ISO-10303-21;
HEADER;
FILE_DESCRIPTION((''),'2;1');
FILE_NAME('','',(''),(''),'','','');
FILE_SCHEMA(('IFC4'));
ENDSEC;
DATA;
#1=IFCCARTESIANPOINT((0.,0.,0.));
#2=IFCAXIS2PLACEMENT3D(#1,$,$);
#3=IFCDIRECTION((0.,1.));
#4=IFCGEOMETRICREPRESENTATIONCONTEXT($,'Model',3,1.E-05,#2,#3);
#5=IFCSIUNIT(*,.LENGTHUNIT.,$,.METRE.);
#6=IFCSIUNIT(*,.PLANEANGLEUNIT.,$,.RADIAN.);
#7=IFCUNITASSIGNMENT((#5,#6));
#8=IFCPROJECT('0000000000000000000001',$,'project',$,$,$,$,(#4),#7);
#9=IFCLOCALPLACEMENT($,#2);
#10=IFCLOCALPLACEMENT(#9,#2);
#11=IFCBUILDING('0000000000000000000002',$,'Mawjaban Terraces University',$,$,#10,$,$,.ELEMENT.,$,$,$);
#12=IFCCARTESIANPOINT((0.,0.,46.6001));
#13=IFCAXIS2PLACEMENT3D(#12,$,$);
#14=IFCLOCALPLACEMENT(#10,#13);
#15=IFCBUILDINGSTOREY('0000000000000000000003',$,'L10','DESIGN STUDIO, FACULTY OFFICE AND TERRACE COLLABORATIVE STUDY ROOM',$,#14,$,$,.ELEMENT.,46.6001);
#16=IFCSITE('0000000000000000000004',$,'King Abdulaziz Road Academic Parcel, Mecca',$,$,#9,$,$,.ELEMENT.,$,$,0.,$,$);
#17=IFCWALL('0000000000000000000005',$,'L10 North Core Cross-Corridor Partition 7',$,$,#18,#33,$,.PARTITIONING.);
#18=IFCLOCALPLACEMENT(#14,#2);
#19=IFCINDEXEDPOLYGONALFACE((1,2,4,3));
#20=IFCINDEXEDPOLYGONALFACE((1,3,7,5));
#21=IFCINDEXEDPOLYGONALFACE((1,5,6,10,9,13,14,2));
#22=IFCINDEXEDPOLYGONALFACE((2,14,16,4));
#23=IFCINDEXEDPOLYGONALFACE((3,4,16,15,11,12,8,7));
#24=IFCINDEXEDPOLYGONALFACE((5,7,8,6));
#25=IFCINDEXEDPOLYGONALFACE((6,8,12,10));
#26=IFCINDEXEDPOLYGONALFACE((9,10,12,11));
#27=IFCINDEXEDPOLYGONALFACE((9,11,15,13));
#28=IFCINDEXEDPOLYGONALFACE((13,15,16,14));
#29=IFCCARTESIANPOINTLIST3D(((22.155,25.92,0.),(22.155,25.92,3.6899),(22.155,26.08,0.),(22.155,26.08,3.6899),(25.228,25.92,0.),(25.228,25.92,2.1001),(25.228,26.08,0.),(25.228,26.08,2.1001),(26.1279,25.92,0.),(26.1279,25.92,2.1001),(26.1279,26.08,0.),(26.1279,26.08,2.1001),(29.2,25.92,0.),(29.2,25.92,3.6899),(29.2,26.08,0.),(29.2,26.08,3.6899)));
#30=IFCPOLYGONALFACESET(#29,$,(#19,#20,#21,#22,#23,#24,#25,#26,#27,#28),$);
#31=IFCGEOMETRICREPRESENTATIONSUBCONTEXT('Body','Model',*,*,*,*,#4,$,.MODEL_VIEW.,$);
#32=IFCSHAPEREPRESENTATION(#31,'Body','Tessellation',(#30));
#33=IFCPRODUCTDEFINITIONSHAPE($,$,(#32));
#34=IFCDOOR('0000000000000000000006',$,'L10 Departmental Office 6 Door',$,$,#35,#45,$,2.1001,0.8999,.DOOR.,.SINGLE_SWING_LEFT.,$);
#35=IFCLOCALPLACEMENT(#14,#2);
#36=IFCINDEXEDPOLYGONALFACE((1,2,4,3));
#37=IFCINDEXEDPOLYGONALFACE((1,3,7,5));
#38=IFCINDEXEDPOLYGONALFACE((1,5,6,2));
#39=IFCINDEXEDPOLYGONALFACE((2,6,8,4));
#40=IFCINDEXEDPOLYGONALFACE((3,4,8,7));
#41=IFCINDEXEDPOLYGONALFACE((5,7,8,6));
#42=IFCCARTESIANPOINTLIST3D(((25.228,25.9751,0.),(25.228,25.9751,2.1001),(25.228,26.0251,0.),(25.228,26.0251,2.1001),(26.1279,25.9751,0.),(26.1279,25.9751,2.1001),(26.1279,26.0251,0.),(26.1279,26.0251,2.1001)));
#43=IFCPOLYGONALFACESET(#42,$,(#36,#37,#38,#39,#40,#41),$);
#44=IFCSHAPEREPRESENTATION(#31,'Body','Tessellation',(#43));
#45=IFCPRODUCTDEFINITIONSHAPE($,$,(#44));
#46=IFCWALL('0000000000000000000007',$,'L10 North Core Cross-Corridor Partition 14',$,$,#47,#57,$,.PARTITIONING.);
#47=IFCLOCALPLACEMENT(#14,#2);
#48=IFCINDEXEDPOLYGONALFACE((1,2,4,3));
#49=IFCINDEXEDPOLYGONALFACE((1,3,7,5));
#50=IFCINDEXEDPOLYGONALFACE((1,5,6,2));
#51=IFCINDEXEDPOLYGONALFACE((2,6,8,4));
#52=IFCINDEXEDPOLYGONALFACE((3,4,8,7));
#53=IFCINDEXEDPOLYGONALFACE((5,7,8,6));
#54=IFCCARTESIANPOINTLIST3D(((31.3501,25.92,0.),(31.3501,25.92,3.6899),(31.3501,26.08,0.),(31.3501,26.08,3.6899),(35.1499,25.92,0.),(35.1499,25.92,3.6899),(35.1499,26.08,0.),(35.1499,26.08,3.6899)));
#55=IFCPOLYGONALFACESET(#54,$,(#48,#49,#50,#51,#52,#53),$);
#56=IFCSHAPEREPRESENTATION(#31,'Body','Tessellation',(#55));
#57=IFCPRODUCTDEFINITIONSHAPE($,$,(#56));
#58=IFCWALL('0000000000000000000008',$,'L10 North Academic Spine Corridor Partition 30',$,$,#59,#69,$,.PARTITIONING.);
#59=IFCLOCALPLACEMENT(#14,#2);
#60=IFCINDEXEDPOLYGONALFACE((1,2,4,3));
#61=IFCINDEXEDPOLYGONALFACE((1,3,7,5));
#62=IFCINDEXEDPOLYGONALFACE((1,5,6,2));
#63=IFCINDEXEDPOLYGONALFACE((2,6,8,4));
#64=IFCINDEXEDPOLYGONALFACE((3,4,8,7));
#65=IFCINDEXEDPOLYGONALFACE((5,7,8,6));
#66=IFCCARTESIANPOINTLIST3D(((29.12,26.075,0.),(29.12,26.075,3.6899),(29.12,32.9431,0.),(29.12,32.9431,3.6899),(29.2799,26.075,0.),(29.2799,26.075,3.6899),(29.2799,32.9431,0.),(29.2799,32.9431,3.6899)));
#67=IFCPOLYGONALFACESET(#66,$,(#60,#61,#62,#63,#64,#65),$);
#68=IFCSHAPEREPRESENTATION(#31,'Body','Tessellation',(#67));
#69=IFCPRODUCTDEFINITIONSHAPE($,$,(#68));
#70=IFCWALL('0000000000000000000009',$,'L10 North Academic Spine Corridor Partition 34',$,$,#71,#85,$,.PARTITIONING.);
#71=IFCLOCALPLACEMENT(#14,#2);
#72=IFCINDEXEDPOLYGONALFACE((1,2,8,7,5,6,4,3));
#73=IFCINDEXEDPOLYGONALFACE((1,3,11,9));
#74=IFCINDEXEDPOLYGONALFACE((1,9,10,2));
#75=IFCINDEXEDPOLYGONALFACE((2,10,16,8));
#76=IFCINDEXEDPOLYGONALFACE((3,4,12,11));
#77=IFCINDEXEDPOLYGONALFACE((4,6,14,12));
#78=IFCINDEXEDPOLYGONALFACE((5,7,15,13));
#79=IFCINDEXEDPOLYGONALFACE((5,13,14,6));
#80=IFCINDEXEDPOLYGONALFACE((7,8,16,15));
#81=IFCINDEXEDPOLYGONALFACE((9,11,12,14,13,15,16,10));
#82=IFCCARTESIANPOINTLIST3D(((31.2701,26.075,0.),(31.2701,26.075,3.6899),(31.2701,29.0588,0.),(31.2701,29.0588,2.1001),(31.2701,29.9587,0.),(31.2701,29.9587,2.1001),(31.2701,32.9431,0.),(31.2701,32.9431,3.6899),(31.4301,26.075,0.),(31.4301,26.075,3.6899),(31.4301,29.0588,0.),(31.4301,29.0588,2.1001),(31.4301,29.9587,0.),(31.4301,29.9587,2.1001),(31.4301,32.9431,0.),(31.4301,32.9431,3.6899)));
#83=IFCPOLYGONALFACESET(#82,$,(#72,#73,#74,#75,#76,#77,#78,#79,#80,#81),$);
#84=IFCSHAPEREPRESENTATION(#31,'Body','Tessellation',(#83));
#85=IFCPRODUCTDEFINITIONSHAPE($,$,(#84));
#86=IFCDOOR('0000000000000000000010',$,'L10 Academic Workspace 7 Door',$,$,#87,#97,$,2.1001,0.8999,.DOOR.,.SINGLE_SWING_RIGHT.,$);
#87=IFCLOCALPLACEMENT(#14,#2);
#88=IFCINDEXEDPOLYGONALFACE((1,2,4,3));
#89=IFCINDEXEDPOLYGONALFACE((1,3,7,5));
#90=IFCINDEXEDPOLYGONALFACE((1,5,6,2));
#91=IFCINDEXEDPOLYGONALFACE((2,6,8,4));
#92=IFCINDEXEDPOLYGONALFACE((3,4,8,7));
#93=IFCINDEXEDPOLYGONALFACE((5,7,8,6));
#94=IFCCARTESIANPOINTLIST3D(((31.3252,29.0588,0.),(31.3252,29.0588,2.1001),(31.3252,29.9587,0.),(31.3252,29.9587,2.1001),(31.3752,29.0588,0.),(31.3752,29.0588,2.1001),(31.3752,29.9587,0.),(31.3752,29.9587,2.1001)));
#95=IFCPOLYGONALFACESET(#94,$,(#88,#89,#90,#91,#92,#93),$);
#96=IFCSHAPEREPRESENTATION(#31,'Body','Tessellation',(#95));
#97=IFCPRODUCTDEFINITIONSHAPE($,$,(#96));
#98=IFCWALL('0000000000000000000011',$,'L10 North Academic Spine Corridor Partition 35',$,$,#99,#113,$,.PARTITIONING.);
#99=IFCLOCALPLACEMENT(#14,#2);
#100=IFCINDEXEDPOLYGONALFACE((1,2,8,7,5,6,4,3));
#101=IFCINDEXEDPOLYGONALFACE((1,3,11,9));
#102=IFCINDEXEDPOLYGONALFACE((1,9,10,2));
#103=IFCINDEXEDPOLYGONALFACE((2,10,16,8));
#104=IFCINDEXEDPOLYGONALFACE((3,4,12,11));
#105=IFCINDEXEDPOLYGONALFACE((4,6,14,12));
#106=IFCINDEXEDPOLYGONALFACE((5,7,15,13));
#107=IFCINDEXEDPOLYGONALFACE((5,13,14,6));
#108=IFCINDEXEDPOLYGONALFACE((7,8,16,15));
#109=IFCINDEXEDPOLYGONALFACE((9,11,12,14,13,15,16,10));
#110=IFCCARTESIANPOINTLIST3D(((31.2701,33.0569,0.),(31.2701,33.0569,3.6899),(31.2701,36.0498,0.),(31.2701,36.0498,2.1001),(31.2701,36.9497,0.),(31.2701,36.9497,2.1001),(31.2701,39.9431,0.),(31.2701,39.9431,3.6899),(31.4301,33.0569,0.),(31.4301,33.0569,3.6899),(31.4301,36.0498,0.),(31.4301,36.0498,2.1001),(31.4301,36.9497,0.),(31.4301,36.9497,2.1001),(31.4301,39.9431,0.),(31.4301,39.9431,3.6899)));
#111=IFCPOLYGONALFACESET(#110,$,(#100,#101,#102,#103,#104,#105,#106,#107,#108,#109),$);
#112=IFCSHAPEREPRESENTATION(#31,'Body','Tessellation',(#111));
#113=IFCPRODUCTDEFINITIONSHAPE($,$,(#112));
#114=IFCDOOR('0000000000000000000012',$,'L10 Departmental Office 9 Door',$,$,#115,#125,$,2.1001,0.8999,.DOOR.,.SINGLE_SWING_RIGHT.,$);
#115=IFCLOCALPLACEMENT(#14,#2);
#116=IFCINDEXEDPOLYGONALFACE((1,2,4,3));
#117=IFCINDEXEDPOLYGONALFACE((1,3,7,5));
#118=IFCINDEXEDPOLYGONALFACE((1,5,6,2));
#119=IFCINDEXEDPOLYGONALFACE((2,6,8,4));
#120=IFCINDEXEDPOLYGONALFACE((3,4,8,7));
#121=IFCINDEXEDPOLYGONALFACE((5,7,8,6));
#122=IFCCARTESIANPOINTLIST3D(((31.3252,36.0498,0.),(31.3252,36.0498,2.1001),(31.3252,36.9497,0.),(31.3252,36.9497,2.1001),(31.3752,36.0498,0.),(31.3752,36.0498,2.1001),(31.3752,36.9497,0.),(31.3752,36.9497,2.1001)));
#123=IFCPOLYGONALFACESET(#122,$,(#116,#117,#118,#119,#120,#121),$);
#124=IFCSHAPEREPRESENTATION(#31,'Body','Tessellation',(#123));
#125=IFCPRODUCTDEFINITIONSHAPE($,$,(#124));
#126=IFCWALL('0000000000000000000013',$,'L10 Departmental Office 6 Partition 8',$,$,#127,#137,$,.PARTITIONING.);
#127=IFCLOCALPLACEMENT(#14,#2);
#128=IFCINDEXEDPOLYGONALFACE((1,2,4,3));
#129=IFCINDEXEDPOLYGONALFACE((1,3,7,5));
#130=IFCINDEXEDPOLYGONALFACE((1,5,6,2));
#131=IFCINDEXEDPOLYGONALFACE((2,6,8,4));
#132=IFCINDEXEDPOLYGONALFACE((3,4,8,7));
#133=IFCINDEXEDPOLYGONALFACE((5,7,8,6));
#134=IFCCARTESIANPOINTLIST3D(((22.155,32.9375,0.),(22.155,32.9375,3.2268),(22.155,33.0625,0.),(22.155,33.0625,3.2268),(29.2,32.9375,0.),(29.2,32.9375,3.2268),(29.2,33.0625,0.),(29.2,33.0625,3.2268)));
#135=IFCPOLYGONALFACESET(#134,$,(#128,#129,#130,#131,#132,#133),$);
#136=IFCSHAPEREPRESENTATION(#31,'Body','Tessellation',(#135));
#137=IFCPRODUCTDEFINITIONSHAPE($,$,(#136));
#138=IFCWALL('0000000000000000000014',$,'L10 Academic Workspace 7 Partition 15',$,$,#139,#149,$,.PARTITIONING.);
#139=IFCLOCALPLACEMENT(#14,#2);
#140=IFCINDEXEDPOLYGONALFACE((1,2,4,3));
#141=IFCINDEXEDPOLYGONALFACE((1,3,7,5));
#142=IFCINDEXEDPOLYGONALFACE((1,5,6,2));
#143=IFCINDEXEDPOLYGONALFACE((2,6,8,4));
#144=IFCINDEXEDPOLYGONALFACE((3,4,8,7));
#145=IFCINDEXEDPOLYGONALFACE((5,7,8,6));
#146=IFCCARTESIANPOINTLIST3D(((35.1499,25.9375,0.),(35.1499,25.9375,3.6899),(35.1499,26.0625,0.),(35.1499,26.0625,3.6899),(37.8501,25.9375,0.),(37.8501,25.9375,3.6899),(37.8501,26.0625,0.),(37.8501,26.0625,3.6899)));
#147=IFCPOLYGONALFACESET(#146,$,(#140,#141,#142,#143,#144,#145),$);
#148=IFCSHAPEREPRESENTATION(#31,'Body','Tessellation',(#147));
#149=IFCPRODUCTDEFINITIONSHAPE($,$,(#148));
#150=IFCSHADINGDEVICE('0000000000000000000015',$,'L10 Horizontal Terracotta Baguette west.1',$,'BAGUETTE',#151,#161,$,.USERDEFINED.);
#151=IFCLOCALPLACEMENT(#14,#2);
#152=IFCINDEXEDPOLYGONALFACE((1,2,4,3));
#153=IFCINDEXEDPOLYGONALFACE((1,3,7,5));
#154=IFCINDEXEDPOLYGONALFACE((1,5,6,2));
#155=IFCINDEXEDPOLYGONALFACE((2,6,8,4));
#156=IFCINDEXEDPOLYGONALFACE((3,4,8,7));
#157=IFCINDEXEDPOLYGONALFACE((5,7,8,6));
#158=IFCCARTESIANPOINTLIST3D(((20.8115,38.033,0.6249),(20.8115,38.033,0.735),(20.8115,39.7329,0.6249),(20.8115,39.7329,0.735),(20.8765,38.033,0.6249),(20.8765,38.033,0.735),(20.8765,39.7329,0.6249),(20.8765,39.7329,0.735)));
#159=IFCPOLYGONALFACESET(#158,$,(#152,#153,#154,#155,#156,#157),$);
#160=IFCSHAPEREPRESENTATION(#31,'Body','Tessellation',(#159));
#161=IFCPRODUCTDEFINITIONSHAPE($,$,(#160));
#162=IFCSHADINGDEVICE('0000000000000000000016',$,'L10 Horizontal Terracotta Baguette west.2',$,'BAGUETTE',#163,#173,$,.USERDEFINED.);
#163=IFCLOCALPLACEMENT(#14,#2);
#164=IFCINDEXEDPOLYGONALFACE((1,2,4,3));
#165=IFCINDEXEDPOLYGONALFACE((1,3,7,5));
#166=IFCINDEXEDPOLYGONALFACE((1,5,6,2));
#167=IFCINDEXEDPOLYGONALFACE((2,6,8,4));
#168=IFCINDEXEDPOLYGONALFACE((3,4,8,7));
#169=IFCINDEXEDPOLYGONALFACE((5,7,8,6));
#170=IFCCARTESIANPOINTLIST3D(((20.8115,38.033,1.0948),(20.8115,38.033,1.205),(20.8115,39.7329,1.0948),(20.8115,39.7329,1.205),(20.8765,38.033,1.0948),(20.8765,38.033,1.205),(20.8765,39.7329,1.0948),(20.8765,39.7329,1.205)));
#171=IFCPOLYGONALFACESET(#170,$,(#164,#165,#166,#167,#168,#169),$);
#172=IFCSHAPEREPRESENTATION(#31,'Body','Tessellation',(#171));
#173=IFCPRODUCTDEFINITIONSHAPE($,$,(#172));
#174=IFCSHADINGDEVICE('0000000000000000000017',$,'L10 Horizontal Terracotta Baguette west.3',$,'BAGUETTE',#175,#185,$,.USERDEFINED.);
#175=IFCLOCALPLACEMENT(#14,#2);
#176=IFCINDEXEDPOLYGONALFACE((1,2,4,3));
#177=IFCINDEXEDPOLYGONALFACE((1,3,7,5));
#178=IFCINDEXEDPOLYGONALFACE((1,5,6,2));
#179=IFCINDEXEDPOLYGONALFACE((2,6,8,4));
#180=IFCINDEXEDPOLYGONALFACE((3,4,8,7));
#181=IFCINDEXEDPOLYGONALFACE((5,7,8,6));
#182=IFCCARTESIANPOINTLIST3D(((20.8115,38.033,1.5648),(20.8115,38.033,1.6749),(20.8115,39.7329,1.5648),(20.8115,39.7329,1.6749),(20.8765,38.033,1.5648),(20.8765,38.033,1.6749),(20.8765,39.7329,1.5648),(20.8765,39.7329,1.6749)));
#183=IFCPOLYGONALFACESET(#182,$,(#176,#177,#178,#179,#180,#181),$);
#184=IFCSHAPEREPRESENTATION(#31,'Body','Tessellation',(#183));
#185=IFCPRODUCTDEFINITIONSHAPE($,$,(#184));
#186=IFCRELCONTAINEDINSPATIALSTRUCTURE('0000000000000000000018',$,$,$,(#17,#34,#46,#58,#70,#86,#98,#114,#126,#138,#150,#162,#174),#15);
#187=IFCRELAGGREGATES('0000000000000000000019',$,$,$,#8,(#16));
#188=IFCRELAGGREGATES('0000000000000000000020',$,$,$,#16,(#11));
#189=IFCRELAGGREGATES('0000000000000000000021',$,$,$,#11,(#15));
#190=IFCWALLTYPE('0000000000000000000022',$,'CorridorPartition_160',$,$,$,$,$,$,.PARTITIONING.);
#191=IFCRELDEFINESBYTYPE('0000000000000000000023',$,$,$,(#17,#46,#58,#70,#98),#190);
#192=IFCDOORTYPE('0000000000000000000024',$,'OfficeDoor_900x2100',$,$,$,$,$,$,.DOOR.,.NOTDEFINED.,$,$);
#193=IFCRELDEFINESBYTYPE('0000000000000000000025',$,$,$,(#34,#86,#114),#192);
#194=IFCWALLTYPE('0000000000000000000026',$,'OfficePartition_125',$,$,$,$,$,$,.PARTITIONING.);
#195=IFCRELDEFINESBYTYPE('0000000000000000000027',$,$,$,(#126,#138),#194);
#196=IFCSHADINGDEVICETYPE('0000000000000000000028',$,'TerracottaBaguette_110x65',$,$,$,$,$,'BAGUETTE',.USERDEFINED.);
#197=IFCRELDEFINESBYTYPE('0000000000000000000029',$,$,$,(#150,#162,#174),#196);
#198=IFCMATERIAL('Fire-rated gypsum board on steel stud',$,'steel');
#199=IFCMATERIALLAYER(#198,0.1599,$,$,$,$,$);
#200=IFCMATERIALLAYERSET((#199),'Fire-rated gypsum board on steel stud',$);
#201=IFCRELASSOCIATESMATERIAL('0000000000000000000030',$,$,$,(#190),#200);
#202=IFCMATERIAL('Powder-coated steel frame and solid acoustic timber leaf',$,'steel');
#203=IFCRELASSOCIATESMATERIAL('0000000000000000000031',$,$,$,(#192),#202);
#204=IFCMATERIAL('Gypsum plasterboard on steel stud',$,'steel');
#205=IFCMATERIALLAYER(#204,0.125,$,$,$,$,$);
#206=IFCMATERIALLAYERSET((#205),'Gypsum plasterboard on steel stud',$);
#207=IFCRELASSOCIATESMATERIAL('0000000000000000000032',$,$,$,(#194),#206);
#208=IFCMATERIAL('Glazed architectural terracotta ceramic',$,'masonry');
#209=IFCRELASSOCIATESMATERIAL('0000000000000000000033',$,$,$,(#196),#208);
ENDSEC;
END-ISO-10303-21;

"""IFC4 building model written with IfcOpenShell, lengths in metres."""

from ifc_helpers import new_model, si_unit, direction, frame, frame_2d, origin, origin_2d, place, context, subcontext, project, spatial, rectangle, extrude, material, layer, layer_set, material_profile, profile_set, type_object, element, fill, save


model = new_model("IFC4")

# Units and contexts
model_context = context("Model", 3, precision=1e-05, world=origin(), true_north=direction((0.0, 1.0)))
body_context = subcontext(model_context, "Body", "Model", "MODEL_VIEW")
ifc_project = project(units=[si_unit("LENGTHUNIT", "METRE"), si_unit("PLANEANGLEUNIT", "RADIAN")], contexts=[model_context])

# Site, building, storey
site_placement = place(None, origin())
site = spatial("IfcSite", under=ifc_project, at=site_placement, Name="King Abdulaziz Road Academic Parcel, Mecca", CompositionType="ELEMENT", RefElevation=0.0)
building_placement = place(site_placement, origin())
building = spatial("IfcBuilding", under=site, at=building_placement, Name="Mawjaban Terraces University", CompositionType="ELEMENT")
storey_placement = place(building_placement, frame((0.0, 0.0, 46.6001)))
storey = spatial("IfcBuildingStorey", under=building, at=storey_placement, Name="L10", Description="DESIGN STUDIO, FACULTY OFFICE AND TERRACE COLLABORATIVE STUDY ROOM", CompositionType="ELEMENT", Elevation=46.6001)

# Wall, opening, door
ifc_material_1 = material(Name="Fire-rated gypsum board on steel stud", Category="steel")
ifc_layer_1 = layer(ifc_material_1, 0.1599)
ifc_layer_set_1 = layer_set([ifc_layer_1], Name="Fire-rated gypsum board on steel stud")
wall_type_1 = type_object("IfcWallType", Name="CorridorPartition_160", PredefinedType="PARTITIONING", material=ifc_layer_set_1)
wall_1_placement = place(storey_placement, frame((29.2, 26.0, 0.0), z_axis=(0.0, 0.0, 1.0), x_axis=(-1.0, 0.0, 0.0)))
wall_1 = element("IfcWall", 1, at=wall_1_placement, inside=storey, type_object=wall_type_1, Name="L10 North Core Cross-Corridor Partition 7", PredefinedType="PARTITIONING", context=body_context, shape_type="SweptSolid", body=[
    extrude(rectangle(XDim=7.0449, YDim=0.1599, at=frame_2d((3.5225, 0.0))), origin(), (0.0, 0.0, 1.0), 3.6899),
])
opening_1_placement = place(wall_1_placement, frame((3.072, 0.0, 0.0)))
opening_1 = element("IfcOpeningElement", 2, at=opening_1_placement, cuts=wall_1, PredefinedType="OPENING", context=body_context, shape_type="SweptSolid", body=[
    extrude(rectangle(XDim=0.8999, YDim=2.1001, at=frame_2d((0.45, 1.05))), frame((0.0, 0.0898, 0.0), z_axis=(0.0, -1.0, 0.0), x_axis=(1.0, 0.0, 0.0)), (0.0, 0.0, 1.0), 0.1799),
])
ifc_material_2 = material(Name="Powder-coated steel frame and solid acoustic timber leaf", Category="steel")
door_type = type_object("IfcDoorType", Name="OfficeDoor_900x2100", OperationType="NOTDEFINED", PredefinedType="DOOR", material=ifc_material_2)
door_1_placement = place(opening_1_placement, origin())
door_1 = element("IfcDoor", 3, at=door_1_placement, inside=storey, type_object=door_type, Name="L10 Departmental Office 6 Door", OperationType="SINGLE_SWING_LEFT", OverallHeight=2.1001, OverallWidth=0.8999, PredefinedType="DOOR", context=body_context, shape_type="SweptSolid", body=[
    extrude(rectangle(XDim=0.8999, YDim=2.1001, at=frame_2d((0.45, 1.05))), frame((0.0, 0.0249, 0.0), z_axis=(0.0, -1.0, 0.0), x_axis=(1.0, 0.0, 0.0)), (0.0, 0.0, 1.0), 0.05),
])
fill(opening_1, door_1)

# Walls
wall_2_placement = place(storey_placement, frame((35.1499, 26.0, 0.0), z_axis=(0.0, 0.0, 1.0), x_axis=(-1.0, 0.0, 0.0)))
element("IfcWall", 4, at=wall_2_placement, inside=storey, type_object=wall_type_1, Name="L10 North Core Cross-Corridor Partition 14", PredefinedType="PARTITIONING", context=body_context, shape_type="SweptSolid", body=[
    extrude(rectangle(XDim=3.7998, YDim=0.1599, at=frame_2d((1.8999, 0.0))), origin(), (0.0, 0.0, 1.0), 3.6899),
])
wall_3_placement = place(storey_placement, frame((29.2, 32.9431, 0.0), z_axis=(0.0, 0.0, 1.0), x_axis=(0.0, -1.0, 0.0)))
element("IfcWall", 5, at=wall_3_placement, inside=storey, type_object=wall_type_1, Name="L10 North Academic Spine Corridor Partition 30", PredefinedType="PARTITIONING", context=body_context, shape_type="SweptSolid", body=[
    extrude(rectangle(XDim=6.8682, YDim=0.1599, at=frame_2d((3.4341, 0.0))), origin(), (0.0, 0.0, 1.0), 3.6899),
])

# Walls, openings, doors
wall_4_placement = place(storey_placement, frame((31.3501, 26.075, 0.0), z_axis=(0.0, 0.0, 1.0), x_axis=(0.0, 1.0, 0.0)))
wall_4 = element("IfcWall", 6, at=wall_4_placement, inside=storey, type_object=wall_type_1, Name="L10 North Academic Spine Corridor Partition 34", PredefinedType="PARTITIONING", context=body_context, shape_type="SweptSolid", body=[
    extrude(rectangle(XDim=6.8682, YDim=0.1599, at=frame_2d((3.4341, 0.0))), origin(), (0.0, 0.0, 1.0), 3.6899),
])
opening_2_placement = place(wall_4_placement, frame((2.9839, 0.0, 0.0)))
opening_2 = element("IfcOpeningElement", 7, at=opening_2_placement, cuts=wall_4, PredefinedType="OPENING", context=body_context, shape_type="SweptSolid", body=[
    extrude(rectangle(XDim=0.8999, YDim=2.1001, at=frame_2d((0.45, 1.05))), frame((0.0, 0.0898, 0.0), z_axis=(0.0, -1.0, 0.0), x_axis=(1.0, 0.0, 0.0)), (0.0, 0.0, 1.0), 0.1799),
])
door_2_placement = place(opening_2_placement, origin())
door_2 = element("IfcDoor", 8, at=door_2_placement, inside=storey, type_object=door_type, Name="L10 Academic Workspace 7 Door", OperationType="SINGLE_SWING_RIGHT", OverallHeight=2.1001, OverallWidth=0.8999, PredefinedType="DOOR", context=body_context, shape_type="SweptSolid", body=[
    extrude(rectangle(XDim=0.8999, YDim=2.1001, at=frame_2d((0.45, 1.05))), frame((0.0, 0.0249, 0.0), z_axis=(0.0, -1.0, 0.0), x_axis=(1.0, 0.0, 0.0)), (0.0, 0.0, 1.0), 0.05),
])
fill(opening_2, door_2)
wall_5_placement = place(storey_placement, frame((31.3501, 33.0569, 0.0), z_axis=(0.0, 0.0, 1.0), x_axis=(0.0, 1.0, 0.0)))
wall_5 = element("IfcWall", 9, at=wall_5_placement, inside=storey, type_object=wall_type_1, Name="L10 North Academic Spine Corridor Partition 35", PredefinedType="PARTITIONING", context=body_context, shape_type="SweptSolid", body=[
    extrude(rectangle(XDim=6.8862, YDim=0.1599, at=frame_2d((3.4431, 0.0))), origin(), (0.0, 0.0, 1.0), 3.6899),
])
opening_3_placement = place(wall_5_placement, frame((2.9929, 0.0, 0.0)))
opening_3 = element("IfcOpeningElement", 10, at=opening_3_placement, cuts=wall_5, PredefinedType="OPENING", context=body_context, shape_type="SweptSolid", body=[
    extrude(rectangle(XDim=0.8999, YDim=2.1001, at=frame_2d((0.45, 1.05))), frame((0.0, 0.0898, 0.0), z_axis=(0.0, -1.0, 0.0), x_axis=(1.0, 0.0, 0.0)), (0.0, 0.0, 1.0), 0.1799),
])
door_3_placement = place(opening_3_placement, origin())
door_3 = element("IfcDoor", 11, at=door_3_placement, inside=storey, type_object=door_type, Name="L10 Departmental Office 9 Door", OperationType="SINGLE_SWING_RIGHT", OverallHeight=2.1001, OverallWidth=0.8999, PredefinedType="DOOR", context=body_context, shape_type="SweptSolid", body=[
    extrude(rectangle(XDim=0.8999, YDim=2.1001, at=frame_2d((0.45, 1.05))), frame((0.0, 0.0249, 0.0), z_axis=(0.0, -1.0, 0.0), x_axis=(1.0, 0.0, 0.0)), (0.0, 0.0, 1.0), 0.05),
])
fill(opening_3, door_3)

# Walls
ifc_material_3 = material(Name="Gypsum plasterboard on steel stud", Category="steel")
ifc_layer_2 = layer(ifc_material_3, 0.125)
ifc_layer_set_2 = layer_set([ifc_layer_2], Name="Gypsum plasterboard on steel stud")
wall_type_2 = type_object("IfcWallType", Name="OfficePartition_125", PredefinedType="PARTITIONING", material=ifc_layer_set_2)
wall_6_placement = place(storey_placement, frame((29.2, 33.0, 0.0), z_axis=(0.0, 0.0, 1.0), x_axis=(-1.0, 0.0, 0.0)))
element("IfcWall", 12, at=wall_6_placement, inside=storey, type_object=wall_type_2, Name="L10 Departmental Office 6 Partition 8", PredefinedType="PARTITIONING", context=body_context, shape_type="SweptSolid", body=[
    extrude(rectangle(XDim=7.0449, YDim=0.125, at=frame_2d((3.5225, 0.0))), origin(), (0.0, 0.0, 1.0), 3.2268),
])
wall_7_placement = place(storey_placement, frame((35.1499, 26.0, 0.0), z_axis=(0.0, 0.0, 1.0), x_axis=(1.0, 0.0, 0.0)))
element("IfcWall", 13, at=wall_7_placement, inside=storey, type_object=wall_type_2, Name="L10 Academic Workspace 7 Partition 15", PredefinedType="PARTITIONING", context=body_context, shape_type="SweptSolid", body=[
    extrude(rectangle(XDim=2.7002, YDim=0.125, at=frame_2d((1.3501, 0.0))), origin(), (0.0, 0.0, 1.0), 3.6899),
])

# Shading devices
ifc_material_4 = material(Name="Glazed architectural terracotta ceramic", Category="masonry")
ifc_material_profile_1 = material_profile(ifc_material_4, rectangle(XDim=0.0649, YDim=0.1101, at=origin_2d()), Name="TBAG110X65")
ifc_profile_set_1 = profile_set([ifc_material_profile_1], Name="Glazed architectural terracotta ceramic")
shading_device_type = type_object("IfcShadingDeviceType", Name="TerracottaBaguette_110x65", ElementType="BAGUETTE", PredefinedType="USERDEFINED", material=ifc_profile_set_1)
for number, where, z_axis, x_axis, name in (
    (14, (20.844, 38.033, 0.6799), (0.0, 1.0, 0.0), (-1.0, 0.0, 0.0), "L10 Horizontal Terracotta Baguette west.1"),
    (15, (20.844, 38.033, 1.1499), (0.0, 1.0, 0.0), (-1.0, 0.0, 0.0), "L10 Horizontal Terracotta Baguette west.2"),
    (16, (20.844, 38.033, 1.6199), (0.0, 1.0, 0.0), (-1.0, 0.0, 0.0), "L10 Horizontal Terracotta Baguette west.3"),
):
    element("IfcShadingDevice", number, at=place(storey_placement, frame(where, z_axis=z_axis, x_axis=x_axis)), inside=storey, type_object=shading_device_type, Name=name, ObjectType="BAGUETTE", PredefinedType="USERDEFINED", context=body_context, shape_type="SweptSolid", body=[
        extrude(rectangle(XDim=0.0649, YDim=0.1101, at=origin_2d()), origin(), (0.0, 0.0, 1.0), 1.7),
    ])

save(model, "model.ifc")
